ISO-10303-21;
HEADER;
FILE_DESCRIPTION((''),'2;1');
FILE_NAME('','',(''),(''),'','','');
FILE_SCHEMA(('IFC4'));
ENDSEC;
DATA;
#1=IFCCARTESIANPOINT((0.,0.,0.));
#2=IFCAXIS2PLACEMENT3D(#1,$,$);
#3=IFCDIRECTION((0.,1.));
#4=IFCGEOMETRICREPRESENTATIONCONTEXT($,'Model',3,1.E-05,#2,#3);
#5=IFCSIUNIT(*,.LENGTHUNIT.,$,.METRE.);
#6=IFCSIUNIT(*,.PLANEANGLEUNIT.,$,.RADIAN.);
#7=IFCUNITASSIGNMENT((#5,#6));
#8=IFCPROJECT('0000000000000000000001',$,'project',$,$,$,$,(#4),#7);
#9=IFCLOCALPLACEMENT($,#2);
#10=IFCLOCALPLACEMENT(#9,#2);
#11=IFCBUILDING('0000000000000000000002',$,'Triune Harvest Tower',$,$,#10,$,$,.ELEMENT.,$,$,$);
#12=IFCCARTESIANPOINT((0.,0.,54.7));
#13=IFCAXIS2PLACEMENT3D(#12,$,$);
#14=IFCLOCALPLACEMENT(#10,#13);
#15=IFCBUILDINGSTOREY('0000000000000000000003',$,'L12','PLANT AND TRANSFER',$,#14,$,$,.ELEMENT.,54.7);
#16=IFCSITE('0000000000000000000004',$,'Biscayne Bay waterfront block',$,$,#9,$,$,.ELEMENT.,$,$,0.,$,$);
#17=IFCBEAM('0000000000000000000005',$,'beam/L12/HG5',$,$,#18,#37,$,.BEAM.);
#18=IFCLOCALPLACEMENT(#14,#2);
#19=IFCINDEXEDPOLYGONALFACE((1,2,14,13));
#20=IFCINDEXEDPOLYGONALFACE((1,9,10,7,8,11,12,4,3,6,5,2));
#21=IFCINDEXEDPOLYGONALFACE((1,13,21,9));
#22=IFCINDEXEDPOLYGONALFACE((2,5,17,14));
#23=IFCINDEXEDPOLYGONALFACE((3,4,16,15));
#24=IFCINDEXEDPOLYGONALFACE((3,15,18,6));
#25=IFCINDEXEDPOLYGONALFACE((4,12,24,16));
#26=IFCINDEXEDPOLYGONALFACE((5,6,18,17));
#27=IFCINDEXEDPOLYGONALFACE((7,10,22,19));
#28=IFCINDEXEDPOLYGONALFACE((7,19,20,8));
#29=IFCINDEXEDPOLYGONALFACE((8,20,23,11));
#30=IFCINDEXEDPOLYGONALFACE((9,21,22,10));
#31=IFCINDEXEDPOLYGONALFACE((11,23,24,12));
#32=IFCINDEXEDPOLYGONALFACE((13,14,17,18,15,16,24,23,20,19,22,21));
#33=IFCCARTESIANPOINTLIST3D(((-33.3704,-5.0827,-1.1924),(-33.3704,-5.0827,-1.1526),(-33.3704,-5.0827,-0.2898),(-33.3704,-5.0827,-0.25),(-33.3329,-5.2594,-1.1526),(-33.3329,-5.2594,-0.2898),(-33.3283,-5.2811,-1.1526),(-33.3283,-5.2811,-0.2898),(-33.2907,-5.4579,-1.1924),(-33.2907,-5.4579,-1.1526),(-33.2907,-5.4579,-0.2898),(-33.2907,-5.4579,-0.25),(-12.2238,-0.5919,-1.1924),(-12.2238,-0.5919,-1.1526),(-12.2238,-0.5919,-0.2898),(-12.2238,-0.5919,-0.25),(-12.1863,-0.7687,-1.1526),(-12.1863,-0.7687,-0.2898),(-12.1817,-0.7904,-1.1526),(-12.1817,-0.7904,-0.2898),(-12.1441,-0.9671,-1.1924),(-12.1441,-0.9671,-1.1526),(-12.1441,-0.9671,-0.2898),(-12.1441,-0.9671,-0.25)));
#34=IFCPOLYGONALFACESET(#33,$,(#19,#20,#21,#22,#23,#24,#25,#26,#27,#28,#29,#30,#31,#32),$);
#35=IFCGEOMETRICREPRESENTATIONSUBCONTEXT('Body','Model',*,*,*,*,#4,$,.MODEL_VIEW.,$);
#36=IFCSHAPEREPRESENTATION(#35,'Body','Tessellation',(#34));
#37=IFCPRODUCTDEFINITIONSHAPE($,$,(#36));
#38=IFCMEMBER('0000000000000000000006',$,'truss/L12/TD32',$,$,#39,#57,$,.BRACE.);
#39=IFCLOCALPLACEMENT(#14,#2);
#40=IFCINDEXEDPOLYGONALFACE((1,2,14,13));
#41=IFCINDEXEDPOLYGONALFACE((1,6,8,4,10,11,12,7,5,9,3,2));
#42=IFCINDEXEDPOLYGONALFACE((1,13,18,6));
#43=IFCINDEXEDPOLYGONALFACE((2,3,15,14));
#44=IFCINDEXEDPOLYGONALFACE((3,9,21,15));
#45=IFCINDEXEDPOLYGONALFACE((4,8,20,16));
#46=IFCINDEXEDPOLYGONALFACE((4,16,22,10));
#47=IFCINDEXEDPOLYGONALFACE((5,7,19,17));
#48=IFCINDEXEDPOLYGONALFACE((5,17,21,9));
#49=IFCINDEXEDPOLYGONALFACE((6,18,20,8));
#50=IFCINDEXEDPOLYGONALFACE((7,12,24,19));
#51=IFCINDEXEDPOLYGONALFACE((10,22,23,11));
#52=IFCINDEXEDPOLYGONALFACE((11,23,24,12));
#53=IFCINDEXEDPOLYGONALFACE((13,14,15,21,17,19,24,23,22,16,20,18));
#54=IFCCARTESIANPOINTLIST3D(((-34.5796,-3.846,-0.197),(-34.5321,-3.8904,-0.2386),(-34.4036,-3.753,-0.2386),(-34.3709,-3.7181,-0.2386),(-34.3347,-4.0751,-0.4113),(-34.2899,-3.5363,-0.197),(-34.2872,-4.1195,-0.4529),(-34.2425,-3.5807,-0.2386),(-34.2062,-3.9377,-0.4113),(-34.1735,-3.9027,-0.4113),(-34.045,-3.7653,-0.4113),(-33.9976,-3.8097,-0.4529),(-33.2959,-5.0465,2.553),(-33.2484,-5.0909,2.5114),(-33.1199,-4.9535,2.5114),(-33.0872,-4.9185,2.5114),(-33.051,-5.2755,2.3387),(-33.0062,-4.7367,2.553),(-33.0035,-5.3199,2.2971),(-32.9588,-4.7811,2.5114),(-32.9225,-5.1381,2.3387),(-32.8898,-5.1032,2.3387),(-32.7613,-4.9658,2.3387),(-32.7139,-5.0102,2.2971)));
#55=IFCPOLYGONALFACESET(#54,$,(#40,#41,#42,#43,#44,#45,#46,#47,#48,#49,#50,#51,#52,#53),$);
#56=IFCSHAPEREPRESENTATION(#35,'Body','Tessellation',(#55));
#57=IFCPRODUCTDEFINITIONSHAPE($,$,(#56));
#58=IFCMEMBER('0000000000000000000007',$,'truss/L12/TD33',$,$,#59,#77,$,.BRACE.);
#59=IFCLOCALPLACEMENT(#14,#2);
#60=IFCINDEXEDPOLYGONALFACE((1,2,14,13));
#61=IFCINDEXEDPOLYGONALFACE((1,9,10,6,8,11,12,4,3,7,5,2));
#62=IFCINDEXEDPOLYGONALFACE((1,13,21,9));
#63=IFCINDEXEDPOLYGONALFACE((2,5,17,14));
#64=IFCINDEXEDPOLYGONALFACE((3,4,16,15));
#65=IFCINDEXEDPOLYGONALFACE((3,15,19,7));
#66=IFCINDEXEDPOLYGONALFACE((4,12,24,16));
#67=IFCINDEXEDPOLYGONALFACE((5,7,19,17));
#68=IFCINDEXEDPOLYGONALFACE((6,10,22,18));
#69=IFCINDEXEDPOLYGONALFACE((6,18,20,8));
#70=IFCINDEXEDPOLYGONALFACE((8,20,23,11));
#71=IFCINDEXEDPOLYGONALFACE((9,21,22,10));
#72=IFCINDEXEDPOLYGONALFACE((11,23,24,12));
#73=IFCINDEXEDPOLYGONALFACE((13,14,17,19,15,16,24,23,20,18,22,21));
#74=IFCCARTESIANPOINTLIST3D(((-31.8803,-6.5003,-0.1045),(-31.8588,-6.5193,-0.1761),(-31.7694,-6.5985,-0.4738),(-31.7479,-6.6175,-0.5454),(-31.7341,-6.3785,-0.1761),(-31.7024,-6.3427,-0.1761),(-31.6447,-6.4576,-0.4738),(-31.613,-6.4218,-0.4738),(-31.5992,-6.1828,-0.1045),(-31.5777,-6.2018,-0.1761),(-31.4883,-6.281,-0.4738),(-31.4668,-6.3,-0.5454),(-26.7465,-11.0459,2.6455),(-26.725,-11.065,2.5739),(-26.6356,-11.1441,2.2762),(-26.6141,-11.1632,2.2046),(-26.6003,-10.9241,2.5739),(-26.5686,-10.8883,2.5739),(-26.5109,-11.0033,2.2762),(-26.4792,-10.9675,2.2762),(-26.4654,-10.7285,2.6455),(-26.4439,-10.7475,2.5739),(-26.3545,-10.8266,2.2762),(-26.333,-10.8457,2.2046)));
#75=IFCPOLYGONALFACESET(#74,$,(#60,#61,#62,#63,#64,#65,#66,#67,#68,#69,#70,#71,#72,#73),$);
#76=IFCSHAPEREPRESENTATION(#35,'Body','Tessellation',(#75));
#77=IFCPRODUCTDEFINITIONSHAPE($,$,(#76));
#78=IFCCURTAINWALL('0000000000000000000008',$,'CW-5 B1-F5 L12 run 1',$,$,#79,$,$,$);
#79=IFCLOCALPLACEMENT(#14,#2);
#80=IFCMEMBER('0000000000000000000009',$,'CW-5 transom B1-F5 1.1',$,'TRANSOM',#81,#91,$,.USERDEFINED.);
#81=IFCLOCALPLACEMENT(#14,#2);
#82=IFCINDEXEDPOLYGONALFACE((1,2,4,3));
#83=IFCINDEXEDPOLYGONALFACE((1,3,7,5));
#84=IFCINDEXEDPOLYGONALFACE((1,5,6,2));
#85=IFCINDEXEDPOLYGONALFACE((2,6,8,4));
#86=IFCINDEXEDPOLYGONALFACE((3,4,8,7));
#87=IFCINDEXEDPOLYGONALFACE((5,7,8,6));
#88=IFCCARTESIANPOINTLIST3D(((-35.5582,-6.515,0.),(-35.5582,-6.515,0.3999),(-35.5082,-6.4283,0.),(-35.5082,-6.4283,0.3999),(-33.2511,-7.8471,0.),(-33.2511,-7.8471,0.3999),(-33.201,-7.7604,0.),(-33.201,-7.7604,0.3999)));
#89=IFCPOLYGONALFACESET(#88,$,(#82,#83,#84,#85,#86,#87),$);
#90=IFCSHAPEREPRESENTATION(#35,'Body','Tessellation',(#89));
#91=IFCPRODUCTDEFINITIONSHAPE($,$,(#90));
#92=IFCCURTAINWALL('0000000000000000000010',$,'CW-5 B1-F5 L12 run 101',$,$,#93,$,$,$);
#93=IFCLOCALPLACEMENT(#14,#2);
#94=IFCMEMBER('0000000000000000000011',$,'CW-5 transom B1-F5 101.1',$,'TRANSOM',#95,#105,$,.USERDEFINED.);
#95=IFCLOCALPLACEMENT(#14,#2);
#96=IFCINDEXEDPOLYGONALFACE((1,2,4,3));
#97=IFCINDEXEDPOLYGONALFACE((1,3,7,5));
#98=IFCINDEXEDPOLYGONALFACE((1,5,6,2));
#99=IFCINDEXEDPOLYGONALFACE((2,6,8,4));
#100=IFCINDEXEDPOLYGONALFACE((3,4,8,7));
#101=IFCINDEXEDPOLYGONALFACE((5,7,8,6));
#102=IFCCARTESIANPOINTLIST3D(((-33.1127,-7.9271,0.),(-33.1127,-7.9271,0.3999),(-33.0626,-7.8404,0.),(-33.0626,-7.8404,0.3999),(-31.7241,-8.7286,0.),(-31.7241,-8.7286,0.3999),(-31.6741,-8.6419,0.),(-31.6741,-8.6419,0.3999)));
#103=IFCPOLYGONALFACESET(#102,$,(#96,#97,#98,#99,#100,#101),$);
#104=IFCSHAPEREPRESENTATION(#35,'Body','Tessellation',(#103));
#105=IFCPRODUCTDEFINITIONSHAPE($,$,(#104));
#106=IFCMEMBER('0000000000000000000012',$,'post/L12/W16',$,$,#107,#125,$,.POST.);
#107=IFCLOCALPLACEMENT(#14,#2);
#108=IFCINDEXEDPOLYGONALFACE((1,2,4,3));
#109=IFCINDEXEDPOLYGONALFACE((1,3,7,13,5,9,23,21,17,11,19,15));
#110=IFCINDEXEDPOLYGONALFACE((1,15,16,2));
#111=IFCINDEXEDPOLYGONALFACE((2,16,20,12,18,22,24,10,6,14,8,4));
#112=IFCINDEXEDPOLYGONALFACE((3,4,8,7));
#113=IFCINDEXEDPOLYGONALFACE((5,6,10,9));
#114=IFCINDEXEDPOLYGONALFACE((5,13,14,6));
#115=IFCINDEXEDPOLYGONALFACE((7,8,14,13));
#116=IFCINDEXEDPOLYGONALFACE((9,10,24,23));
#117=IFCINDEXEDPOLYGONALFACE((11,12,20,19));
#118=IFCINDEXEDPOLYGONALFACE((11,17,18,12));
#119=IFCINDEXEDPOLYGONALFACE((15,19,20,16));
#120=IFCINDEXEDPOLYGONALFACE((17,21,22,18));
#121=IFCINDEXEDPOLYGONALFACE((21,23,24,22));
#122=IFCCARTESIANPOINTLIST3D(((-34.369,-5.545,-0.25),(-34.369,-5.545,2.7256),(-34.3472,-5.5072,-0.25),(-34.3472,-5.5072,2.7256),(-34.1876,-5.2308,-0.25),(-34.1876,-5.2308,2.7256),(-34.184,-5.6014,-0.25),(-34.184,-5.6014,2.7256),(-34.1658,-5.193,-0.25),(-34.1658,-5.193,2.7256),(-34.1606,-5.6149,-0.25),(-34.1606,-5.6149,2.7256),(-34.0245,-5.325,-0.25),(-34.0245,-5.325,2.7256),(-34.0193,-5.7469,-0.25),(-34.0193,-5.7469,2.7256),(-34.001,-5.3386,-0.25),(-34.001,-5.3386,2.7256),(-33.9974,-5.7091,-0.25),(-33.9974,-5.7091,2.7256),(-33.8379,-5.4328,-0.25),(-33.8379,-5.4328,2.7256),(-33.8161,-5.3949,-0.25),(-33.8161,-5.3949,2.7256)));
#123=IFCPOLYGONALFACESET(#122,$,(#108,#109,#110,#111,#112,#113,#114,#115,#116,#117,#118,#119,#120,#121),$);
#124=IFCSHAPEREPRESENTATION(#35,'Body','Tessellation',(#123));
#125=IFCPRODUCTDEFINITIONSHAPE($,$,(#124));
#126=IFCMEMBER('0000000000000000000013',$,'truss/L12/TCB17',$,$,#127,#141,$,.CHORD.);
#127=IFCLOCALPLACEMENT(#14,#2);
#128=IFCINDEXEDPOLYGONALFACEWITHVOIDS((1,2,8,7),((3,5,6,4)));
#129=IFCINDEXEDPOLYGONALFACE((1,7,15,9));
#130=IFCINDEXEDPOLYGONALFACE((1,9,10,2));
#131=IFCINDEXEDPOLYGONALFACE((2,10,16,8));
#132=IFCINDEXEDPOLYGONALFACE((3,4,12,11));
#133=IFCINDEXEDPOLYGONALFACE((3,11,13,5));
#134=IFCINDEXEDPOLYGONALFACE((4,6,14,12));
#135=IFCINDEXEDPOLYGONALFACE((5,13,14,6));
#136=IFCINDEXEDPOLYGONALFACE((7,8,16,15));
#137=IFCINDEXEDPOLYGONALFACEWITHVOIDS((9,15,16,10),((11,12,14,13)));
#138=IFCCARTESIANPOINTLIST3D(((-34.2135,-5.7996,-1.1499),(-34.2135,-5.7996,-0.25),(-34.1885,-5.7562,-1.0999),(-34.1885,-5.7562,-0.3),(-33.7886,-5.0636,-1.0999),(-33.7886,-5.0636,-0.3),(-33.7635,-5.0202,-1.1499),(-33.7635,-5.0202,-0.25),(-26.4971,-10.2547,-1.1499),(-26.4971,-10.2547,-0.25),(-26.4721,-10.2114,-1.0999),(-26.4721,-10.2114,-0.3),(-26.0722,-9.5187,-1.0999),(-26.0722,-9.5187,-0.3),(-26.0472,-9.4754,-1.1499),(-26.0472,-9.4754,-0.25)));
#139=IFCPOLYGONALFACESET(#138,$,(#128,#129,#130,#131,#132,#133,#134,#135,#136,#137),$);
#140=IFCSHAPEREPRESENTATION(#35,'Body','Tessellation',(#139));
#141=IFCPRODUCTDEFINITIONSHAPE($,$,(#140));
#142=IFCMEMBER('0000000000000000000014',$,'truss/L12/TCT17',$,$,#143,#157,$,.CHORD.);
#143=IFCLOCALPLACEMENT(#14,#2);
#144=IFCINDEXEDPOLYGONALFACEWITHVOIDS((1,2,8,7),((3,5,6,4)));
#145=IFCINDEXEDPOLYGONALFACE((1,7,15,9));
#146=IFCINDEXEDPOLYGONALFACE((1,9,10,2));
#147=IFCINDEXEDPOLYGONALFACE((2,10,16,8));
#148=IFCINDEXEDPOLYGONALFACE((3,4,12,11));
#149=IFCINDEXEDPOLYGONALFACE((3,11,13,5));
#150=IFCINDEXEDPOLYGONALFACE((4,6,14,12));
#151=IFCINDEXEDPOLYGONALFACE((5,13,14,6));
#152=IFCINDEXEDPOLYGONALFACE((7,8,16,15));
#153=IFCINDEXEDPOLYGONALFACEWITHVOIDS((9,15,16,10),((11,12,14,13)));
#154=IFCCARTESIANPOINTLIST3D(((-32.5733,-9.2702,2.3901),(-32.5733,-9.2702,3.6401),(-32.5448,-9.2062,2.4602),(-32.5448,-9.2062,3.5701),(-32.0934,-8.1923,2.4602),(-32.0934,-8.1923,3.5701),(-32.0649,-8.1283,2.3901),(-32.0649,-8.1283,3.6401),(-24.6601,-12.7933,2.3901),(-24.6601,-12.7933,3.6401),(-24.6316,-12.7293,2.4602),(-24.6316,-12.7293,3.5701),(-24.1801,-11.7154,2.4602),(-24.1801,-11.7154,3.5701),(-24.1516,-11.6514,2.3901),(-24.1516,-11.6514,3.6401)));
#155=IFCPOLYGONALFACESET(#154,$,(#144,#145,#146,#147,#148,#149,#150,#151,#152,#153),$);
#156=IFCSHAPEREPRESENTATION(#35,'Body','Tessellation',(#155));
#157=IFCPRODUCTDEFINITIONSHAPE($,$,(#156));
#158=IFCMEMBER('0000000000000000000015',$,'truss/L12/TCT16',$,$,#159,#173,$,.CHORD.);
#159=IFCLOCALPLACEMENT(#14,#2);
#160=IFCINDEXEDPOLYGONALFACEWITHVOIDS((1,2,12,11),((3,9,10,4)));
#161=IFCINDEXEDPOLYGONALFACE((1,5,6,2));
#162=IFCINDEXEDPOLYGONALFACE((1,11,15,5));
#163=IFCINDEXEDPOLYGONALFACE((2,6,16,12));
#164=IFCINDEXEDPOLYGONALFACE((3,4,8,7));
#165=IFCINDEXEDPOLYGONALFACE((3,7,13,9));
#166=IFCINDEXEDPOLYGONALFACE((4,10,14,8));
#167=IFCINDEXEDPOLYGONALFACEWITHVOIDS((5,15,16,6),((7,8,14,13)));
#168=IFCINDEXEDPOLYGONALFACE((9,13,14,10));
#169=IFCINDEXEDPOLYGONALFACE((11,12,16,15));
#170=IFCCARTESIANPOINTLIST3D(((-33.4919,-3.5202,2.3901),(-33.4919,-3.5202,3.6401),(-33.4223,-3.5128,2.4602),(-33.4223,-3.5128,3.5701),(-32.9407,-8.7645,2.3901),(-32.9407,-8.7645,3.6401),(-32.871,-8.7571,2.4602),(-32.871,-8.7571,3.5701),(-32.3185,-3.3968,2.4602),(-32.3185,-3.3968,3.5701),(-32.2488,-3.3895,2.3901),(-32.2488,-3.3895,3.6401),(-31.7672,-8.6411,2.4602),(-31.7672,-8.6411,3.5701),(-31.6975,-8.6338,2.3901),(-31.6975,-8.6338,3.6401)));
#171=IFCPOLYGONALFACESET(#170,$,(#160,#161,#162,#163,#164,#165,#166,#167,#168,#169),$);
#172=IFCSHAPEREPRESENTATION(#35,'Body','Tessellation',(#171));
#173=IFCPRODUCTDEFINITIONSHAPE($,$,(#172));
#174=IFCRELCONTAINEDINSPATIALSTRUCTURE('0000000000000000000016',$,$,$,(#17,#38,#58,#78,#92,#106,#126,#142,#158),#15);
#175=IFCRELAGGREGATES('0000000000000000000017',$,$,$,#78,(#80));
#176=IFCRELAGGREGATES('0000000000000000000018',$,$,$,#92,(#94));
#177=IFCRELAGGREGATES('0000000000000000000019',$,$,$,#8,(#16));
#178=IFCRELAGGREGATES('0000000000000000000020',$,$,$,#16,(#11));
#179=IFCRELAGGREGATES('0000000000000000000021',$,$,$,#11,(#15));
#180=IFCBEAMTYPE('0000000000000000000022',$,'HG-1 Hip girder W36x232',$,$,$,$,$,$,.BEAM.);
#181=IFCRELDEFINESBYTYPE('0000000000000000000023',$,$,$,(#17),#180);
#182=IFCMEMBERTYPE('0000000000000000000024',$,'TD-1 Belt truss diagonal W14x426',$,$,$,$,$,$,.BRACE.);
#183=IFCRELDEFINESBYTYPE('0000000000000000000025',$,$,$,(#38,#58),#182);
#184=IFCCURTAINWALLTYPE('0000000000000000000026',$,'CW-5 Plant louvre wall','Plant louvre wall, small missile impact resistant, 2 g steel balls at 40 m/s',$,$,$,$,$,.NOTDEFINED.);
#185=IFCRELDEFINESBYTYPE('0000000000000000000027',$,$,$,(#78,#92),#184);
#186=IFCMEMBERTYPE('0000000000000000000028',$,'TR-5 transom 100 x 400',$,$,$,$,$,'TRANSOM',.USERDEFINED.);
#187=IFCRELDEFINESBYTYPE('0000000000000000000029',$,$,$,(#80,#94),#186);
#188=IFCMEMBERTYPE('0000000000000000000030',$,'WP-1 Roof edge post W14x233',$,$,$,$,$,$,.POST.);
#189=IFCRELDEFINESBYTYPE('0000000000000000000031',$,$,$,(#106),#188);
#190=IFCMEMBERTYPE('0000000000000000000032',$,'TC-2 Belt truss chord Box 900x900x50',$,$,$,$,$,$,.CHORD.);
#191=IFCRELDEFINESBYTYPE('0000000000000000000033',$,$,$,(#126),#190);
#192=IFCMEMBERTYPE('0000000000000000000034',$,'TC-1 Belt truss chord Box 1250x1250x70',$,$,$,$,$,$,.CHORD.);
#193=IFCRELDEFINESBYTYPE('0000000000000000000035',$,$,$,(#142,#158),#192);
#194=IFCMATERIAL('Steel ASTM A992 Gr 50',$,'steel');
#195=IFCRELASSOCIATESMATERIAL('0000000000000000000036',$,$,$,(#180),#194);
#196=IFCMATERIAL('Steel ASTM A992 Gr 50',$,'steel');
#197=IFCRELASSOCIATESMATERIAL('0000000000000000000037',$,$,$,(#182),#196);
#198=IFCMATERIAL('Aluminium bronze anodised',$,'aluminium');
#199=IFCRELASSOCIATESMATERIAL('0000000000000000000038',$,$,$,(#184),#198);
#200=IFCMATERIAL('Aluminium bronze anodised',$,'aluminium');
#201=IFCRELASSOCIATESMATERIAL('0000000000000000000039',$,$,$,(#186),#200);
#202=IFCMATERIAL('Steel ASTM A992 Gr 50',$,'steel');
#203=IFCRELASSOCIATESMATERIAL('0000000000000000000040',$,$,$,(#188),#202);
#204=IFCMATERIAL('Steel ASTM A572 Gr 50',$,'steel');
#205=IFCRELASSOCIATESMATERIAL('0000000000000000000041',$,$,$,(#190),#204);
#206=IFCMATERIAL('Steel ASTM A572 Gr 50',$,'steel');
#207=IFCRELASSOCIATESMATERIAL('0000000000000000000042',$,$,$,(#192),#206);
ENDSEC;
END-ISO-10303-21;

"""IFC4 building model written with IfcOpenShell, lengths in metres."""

from ifc_helpers import new_model, si_unit, direction, frame, origin, origin_2d, place, context, subcontext, project, spatial, rectangle, hollow_rectangle, i_section, extrude, source, transform, mapped, material, material_profile, profile_set, type_object, element, aggregate, save


model = new_model("IFC4")

# Units and contexts
model_context = context("Model", 3, precision=1e-05, world=origin(), true_north=direction((0.0, 1.0)))
body_context = subcontext(model_context, "Body", "Model", "MODEL_VIEW")
ifc_project = project(units=[si_unit("LENGTHUNIT", "METRE"), si_unit("PLANEANGLEUNIT", "RADIAN")], contexts=[model_context])

# Site, building, storey
site_placement = place(None, origin())
site = spatial("IfcSite", under=ifc_project, at=site_placement, Name="Biscayne Bay waterfront block", CompositionType="ELEMENT", RefElevation=0.0)
building_placement = place(site_placement, origin())
building = spatial("IfcBuilding", under=site, at=building_placement, Name="Triune Harvest Tower", CompositionType="ELEMENT")
storey_placement = place(building_placement, frame((0.0, 0.0, 54.7)))
storey = spatial("IfcBuildingStorey", under=building, at=storey_placement, Name="L12", Description="PLANT AND TRANSFER", CompositionType="ELEMENT", Elevation=54.7)

# Beam
ifc_material_1 = material(Name="Steel ASTM A992 Gr 50", Category="steel")
ifc_material_profile_1 = material_profile(ifc_material_1, i_section(OverallWidth=0.3835, OverallDepth=0.9424, WebThickness=0.0222, FlangeThickness=0.0398, at=origin_2d()), Name="W36x232")
ifc_profile_set_1 = profile_set([ifc_material_profile_1], Name="Steel ASTM A992 Gr 50")
beam_type = type_object("IfcBeamType", Name="HG-1 Hip girder W36x232", PredefinedType="BEAM", material=ifc_profile_set_1)
beam_placement = place(storey_placement, frame((-33.3306, -5.2703, -0.7212), z_axis=(0.978186, 0.20773, 0.0), x_axis=(-0.20773, 0.978186, 0.0)))
element("IfcBeam", 1, at=beam_placement, inside=storey, type_object=beam_type, Name="beam/L12/HG5", PredefinedType="BEAM", context=body_context, shape_type="SweptSolid", body=[
    extrude(i_section(OverallWidth=0.3835, OverallDepth=0.9424, WebThickness=0.0222, FlangeThickness=0.0398, at=origin_2d()), origin(), (0.0, 0.0, 1.0), 21.6182),
])

# Members
ifc_material_2 = material(Name="Steel ASTM A992 Gr 50", Category="steel")
ifc_material_profile_2 = material_profile(ifc_material_2, i_section(OverallWidth=0.4241, OverallDepth=0.4751, WebThickness=0.0479, FlangeThickness=0.0771, at=origin_2d()), Name="W14x426")
ifc_profile_set_2 = profile_set([ifc_material_profile_2], Name="Steel ASTM A992 Gr 50")
member_type_1 = type_object("IfcMemberType", Name="TD-1 Belt truss diagonal W14x426", PredefinedType="BRACE", material=ifc_profile_set_2)
member_1_placement = place(storey_placement, frame((-34.2886, -3.8279, -0.325), z_axis=(0.39333, -0.367821, 0.842615), x_axis=(0.683026, 0.730394, 0.0)))
element("IfcMember", 2, at=member_1_placement, inside=storey, type_object=member_type_1, Name="truss/L12/TD32", PredefinedType="BRACE", context=body_context, shape_type="SweptSolid", body=[
    extrude(i_section(OverallWidth=0.4241, OverallDepth=0.4751, WebThickness=0.0479, FlangeThickness=0.0771, at=origin_2d()), origin(), (0.0, 0.0, 1.0), 3.2637),
])
member_2_placement = place(storey_placement, frame((-31.6736, -6.4001, -0.325), z_axis=(0.69489, -0.615283, 0.37223), x_axis=(0.66292, 0.748691, 0.0)))
element("IfcMember", 3, at=member_2_placement, inside=storey, type_object=member_type_1, Name="truss/L12/TD33", PredefinedType="BRACE", context=body_context, shape_type="SweptSolid", body=[
    extrude(i_section(OverallWidth=0.4241, OverallDepth=0.4751, WebThickness=0.0479, FlangeThickness=0.0771, at=origin_2d()), origin(), (0.0, 0.0, 1.0), 7.3879),
])

# Curtain walls, members
ifc_material_3 = material(Name="Aluminium bronze anodised", Category="aluminium")
curtain_wall_type = type_object("IfcCurtainWallType", Name="CW-5 Plant louvre wall", Description="Plant louvre wall, small missile impact resistant, 2 g steel balls at 40 m/s", PredefinedType="NOTDEFINED", material=ifc_material_3)
curtain_wall_1_placement = place(storey_placement, origin())
curtain_wall_1 = element("IfcCurtainWall", 4, at=curtain_wall_1_placement, inside=storey, type_object=curtain_wall_type, Name="CW-5 B1-F5 L12 run 1")
ifc_material_4 = material(Name="Aluminium bronze anodised", Category="aluminium")
ifc_material_profile_3 = material_profile(ifc_material_4, rectangle(XDim=0.1001, YDim=0.3999, at=origin_2d()), Name="TR-5 transom 100 x 400")
ifc_profile_set_3 = profile_set([ifc_material_profile_3], Name="Aluminium bronze anodised")
member_type_2 = type_object("IfcMemberType", Name="TR-5 transom 100 x 400", ElementType="TRANSOM", PredefinedType="USERDEFINED", material=ifc_profile_set_3)
member_3_placement = place(storey_placement, frame((-35.5332, -6.4717, 0.2), z_axis=(0.866024, -0.500003, 0.0), x_axis=(0.500003, 0.866024, 0.0)))
member_3 = element("IfcMember", 5, at=member_3_placement, type_object=member_type_2, Name="CW-5 transom B1-F5 1.1", ObjectType="TRANSOM", PredefinedType="USERDEFINED", context=body_context, shape_type="SweptSolid", body=[
    extrude(rectangle(XDim=0.1001, YDim=0.3999, at=origin_2d()), origin(), (0.0, 0.0, 1.0), 2.6641),
])
curtain_wall_2_placement = place(storey_placement, origin())
curtain_wall_2 = element("IfcCurtainWall", 6, at=curtain_wall_2_placement, inside=storey, type_object=curtain_wall_type, Name="CW-5 B1-F5 L12 run 101")
member_4_placement = place(storey_placement, frame((-33.0876, -7.8838, 0.2), z_axis=(0.866089, -0.499889, 0.0), x_axis=(0.499889, 0.866089, 0.0)))
member_4 = element("IfcMember", 7, at=member_4_placement, type_object=member_type_2, Name="CW-5 transom B1-F5 101.1", ObjectType="TRANSOM", PredefinedType="USERDEFINED", context=body_context, shape_type="SweptSolid", body=[
    extrude(rectangle(XDim=0.1001, YDim=0.3999, at=origin_2d()), origin(), (0.0, 0.0, 1.0), 1.6033),
])

# Members
ifc_material_5 = material(Name="Steel ASTM A992 Gr 50", Category="steel")
ifc_material_profile_4 = material_profile(ifc_material_5, i_section(OverallWidth=0.4038, OverallDepth=0.4065, WebThickness=0.0271, FlangeThickness=0.0437, at=origin_2d()), Name="W14x233")
ifc_profile_set_4 = profile_set([ifc_material_profile_4], Name="Steel ASTM A992 Gr 50")
member_type_3 = type_object("IfcMemberType", Name="WP-1 Roof edge post W14x233", PredefinedType="POST", material=ifc_profile_set_4)
shared_shape_1 = source(origin(), body_context, "Body", "SweptSolid", [
    extrude(i_section(OverallWidth=0.4038, OverallDepth=0.4065, WebThickness=0.0271, FlangeThickness=0.0437, at=origin_2d()), origin(), (0.0, 0.0, 1.0), 2.9756),
])
member_5_placement = place(storey_placement, frame((-34.0925, -5.47, -0.25), z_axis=(0.0, 0.0, 1.0), x_axis=(0.866025, -0.5, 0.0)))
element("IfcMember", 8, at=member_5_placement, inside=storey, type_object=member_type_3, Name="post/L12/W16", PredefinedType="POST", context=body_context, shape_type="MappedRepresentation", body=[
    mapped(shared_shape_1, transform((0.0, 0.0, 0.0), scale=1.0)),
])
ifc_material_6 = material(Name="Steel ASTM A572 Gr 50", Category="steel")
ifc_material_profile_5 = material_profile(ifc_material_6, hollow_rectangle(XDim=0.8999, YDim=0.8999, WallThickness=0.05, at=origin_2d()), Name="Box 900x900x50")
ifc_profile_set_5 = profile_set([ifc_material_profile_5], Name="Steel ASTM A572 Gr 50")
member_type_4 = type_object("IfcMemberType", Name="TC-2 Belt truss chord Box 900x900x50", PredefinedType="CHORD", material=ifc_profile_set_5)
shared_shape_2 = source(origin(), body_context, "Body", "SweptSolid", [
    extrude(hollow_rectangle(XDim=0.8999, YDim=0.8999, WallThickness=0.05, at=origin_2d()), origin(), (0.0, 0.0, 1.0), 8.9102),
])
member_6_placement = place(storey_placement, frame((-33.9885, -5.4099, -0.7), z_axis=(0.866022, -0.500005, 0.0), x_axis=(0.500005, 0.866022, 0.0)))
element("IfcMember", 9, at=member_6_placement, inside=storey, type_object=member_type_4, Name="truss/L12/TCB17", PredefinedType="CHORD", context=body_context, shape_type="MappedRepresentation", body=[
    mapped(shared_shape_2, transform((0.0, 0.0, 0.0), scale=1.0)),
])
ifc_material_7 = material(Name="Steel ASTM A572 Gr 50", Category="steel")
ifc_material_profile_6 = material_profile(ifc_material_7, hollow_rectangle(XDim=1.25, YDim=1.25, WallThickness=0.0701, at=origin_2d()), Name="Box 1250x1250x70")
ifc_profile_set_6 = profile_set([ifc_material_profile_6], Name="Steel ASTM A572 Gr 50")
member_type_5 = type_object("IfcMemberType", Name="TC-1 Belt truss chord Box 1250x1250x70", PredefinedType="CHORD", material=ifc_profile_set_6)
shared_shape_3 = source(origin(), body_context, "Body", "SweptSolid", [
    extrude(hollow_rectangle(XDim=1.25, YDim=1.25, WallThickness=0.0701, at=origin_2d()), origin(), (0.0, 0.0, 1.0), 8.6621),
])
member_7_placement = place(storey_placement, frame((-32.3191, -8.6992, 3.0151), z_axis=(0.913548, -0.406732, 0.0), x_axis=(0.406732, 0.913548, 0.0)))
element("IfcMember", 10, at=member_7_placement, inside=storey, type_object=member_type_5, Name="truss/L12/TCT17", PredefinedType="CHORD", context=body_context, shape_type="MappedRepresentation", body=[
    mapped(shared_shape_3, transform((0.0, 0.0, 0.0), scale=1.0)),
])
shared_shape_4 = source(origin(), body_context, "Body", "SweptSolid", [
    extrude(hollow_rectangle(XDim=1.25, YDim=1.25, WallThickness=0.0701, at=origin_2d()), origin(), (0.0, 0.0, 1.0), 5.2732),
])
member_8_placement = place(storey_placement, frame((-32.8704, -3.4548, 3.0151), z_axis=(0.10454, -0.994521, 0.0), x_axis=(0.994521, 0.10454, 0.0)))
element("IfcMember", 11, at=member_8_placement, inside=storey, type_object=member_type_5, Name="truss/L12/TCT16", PredefinedType="CHORD", context=body_context, shape_type="MappedRepresentation", body=[
    mapped(shared_shape_4, transform((0.0, 0.0, 0.0), scale=1.0)),
])

aggregate(curtain_wall_1, [member_3])
aggregate(curtain_wall_2, [member_4])

save(model, "model.ifc")
